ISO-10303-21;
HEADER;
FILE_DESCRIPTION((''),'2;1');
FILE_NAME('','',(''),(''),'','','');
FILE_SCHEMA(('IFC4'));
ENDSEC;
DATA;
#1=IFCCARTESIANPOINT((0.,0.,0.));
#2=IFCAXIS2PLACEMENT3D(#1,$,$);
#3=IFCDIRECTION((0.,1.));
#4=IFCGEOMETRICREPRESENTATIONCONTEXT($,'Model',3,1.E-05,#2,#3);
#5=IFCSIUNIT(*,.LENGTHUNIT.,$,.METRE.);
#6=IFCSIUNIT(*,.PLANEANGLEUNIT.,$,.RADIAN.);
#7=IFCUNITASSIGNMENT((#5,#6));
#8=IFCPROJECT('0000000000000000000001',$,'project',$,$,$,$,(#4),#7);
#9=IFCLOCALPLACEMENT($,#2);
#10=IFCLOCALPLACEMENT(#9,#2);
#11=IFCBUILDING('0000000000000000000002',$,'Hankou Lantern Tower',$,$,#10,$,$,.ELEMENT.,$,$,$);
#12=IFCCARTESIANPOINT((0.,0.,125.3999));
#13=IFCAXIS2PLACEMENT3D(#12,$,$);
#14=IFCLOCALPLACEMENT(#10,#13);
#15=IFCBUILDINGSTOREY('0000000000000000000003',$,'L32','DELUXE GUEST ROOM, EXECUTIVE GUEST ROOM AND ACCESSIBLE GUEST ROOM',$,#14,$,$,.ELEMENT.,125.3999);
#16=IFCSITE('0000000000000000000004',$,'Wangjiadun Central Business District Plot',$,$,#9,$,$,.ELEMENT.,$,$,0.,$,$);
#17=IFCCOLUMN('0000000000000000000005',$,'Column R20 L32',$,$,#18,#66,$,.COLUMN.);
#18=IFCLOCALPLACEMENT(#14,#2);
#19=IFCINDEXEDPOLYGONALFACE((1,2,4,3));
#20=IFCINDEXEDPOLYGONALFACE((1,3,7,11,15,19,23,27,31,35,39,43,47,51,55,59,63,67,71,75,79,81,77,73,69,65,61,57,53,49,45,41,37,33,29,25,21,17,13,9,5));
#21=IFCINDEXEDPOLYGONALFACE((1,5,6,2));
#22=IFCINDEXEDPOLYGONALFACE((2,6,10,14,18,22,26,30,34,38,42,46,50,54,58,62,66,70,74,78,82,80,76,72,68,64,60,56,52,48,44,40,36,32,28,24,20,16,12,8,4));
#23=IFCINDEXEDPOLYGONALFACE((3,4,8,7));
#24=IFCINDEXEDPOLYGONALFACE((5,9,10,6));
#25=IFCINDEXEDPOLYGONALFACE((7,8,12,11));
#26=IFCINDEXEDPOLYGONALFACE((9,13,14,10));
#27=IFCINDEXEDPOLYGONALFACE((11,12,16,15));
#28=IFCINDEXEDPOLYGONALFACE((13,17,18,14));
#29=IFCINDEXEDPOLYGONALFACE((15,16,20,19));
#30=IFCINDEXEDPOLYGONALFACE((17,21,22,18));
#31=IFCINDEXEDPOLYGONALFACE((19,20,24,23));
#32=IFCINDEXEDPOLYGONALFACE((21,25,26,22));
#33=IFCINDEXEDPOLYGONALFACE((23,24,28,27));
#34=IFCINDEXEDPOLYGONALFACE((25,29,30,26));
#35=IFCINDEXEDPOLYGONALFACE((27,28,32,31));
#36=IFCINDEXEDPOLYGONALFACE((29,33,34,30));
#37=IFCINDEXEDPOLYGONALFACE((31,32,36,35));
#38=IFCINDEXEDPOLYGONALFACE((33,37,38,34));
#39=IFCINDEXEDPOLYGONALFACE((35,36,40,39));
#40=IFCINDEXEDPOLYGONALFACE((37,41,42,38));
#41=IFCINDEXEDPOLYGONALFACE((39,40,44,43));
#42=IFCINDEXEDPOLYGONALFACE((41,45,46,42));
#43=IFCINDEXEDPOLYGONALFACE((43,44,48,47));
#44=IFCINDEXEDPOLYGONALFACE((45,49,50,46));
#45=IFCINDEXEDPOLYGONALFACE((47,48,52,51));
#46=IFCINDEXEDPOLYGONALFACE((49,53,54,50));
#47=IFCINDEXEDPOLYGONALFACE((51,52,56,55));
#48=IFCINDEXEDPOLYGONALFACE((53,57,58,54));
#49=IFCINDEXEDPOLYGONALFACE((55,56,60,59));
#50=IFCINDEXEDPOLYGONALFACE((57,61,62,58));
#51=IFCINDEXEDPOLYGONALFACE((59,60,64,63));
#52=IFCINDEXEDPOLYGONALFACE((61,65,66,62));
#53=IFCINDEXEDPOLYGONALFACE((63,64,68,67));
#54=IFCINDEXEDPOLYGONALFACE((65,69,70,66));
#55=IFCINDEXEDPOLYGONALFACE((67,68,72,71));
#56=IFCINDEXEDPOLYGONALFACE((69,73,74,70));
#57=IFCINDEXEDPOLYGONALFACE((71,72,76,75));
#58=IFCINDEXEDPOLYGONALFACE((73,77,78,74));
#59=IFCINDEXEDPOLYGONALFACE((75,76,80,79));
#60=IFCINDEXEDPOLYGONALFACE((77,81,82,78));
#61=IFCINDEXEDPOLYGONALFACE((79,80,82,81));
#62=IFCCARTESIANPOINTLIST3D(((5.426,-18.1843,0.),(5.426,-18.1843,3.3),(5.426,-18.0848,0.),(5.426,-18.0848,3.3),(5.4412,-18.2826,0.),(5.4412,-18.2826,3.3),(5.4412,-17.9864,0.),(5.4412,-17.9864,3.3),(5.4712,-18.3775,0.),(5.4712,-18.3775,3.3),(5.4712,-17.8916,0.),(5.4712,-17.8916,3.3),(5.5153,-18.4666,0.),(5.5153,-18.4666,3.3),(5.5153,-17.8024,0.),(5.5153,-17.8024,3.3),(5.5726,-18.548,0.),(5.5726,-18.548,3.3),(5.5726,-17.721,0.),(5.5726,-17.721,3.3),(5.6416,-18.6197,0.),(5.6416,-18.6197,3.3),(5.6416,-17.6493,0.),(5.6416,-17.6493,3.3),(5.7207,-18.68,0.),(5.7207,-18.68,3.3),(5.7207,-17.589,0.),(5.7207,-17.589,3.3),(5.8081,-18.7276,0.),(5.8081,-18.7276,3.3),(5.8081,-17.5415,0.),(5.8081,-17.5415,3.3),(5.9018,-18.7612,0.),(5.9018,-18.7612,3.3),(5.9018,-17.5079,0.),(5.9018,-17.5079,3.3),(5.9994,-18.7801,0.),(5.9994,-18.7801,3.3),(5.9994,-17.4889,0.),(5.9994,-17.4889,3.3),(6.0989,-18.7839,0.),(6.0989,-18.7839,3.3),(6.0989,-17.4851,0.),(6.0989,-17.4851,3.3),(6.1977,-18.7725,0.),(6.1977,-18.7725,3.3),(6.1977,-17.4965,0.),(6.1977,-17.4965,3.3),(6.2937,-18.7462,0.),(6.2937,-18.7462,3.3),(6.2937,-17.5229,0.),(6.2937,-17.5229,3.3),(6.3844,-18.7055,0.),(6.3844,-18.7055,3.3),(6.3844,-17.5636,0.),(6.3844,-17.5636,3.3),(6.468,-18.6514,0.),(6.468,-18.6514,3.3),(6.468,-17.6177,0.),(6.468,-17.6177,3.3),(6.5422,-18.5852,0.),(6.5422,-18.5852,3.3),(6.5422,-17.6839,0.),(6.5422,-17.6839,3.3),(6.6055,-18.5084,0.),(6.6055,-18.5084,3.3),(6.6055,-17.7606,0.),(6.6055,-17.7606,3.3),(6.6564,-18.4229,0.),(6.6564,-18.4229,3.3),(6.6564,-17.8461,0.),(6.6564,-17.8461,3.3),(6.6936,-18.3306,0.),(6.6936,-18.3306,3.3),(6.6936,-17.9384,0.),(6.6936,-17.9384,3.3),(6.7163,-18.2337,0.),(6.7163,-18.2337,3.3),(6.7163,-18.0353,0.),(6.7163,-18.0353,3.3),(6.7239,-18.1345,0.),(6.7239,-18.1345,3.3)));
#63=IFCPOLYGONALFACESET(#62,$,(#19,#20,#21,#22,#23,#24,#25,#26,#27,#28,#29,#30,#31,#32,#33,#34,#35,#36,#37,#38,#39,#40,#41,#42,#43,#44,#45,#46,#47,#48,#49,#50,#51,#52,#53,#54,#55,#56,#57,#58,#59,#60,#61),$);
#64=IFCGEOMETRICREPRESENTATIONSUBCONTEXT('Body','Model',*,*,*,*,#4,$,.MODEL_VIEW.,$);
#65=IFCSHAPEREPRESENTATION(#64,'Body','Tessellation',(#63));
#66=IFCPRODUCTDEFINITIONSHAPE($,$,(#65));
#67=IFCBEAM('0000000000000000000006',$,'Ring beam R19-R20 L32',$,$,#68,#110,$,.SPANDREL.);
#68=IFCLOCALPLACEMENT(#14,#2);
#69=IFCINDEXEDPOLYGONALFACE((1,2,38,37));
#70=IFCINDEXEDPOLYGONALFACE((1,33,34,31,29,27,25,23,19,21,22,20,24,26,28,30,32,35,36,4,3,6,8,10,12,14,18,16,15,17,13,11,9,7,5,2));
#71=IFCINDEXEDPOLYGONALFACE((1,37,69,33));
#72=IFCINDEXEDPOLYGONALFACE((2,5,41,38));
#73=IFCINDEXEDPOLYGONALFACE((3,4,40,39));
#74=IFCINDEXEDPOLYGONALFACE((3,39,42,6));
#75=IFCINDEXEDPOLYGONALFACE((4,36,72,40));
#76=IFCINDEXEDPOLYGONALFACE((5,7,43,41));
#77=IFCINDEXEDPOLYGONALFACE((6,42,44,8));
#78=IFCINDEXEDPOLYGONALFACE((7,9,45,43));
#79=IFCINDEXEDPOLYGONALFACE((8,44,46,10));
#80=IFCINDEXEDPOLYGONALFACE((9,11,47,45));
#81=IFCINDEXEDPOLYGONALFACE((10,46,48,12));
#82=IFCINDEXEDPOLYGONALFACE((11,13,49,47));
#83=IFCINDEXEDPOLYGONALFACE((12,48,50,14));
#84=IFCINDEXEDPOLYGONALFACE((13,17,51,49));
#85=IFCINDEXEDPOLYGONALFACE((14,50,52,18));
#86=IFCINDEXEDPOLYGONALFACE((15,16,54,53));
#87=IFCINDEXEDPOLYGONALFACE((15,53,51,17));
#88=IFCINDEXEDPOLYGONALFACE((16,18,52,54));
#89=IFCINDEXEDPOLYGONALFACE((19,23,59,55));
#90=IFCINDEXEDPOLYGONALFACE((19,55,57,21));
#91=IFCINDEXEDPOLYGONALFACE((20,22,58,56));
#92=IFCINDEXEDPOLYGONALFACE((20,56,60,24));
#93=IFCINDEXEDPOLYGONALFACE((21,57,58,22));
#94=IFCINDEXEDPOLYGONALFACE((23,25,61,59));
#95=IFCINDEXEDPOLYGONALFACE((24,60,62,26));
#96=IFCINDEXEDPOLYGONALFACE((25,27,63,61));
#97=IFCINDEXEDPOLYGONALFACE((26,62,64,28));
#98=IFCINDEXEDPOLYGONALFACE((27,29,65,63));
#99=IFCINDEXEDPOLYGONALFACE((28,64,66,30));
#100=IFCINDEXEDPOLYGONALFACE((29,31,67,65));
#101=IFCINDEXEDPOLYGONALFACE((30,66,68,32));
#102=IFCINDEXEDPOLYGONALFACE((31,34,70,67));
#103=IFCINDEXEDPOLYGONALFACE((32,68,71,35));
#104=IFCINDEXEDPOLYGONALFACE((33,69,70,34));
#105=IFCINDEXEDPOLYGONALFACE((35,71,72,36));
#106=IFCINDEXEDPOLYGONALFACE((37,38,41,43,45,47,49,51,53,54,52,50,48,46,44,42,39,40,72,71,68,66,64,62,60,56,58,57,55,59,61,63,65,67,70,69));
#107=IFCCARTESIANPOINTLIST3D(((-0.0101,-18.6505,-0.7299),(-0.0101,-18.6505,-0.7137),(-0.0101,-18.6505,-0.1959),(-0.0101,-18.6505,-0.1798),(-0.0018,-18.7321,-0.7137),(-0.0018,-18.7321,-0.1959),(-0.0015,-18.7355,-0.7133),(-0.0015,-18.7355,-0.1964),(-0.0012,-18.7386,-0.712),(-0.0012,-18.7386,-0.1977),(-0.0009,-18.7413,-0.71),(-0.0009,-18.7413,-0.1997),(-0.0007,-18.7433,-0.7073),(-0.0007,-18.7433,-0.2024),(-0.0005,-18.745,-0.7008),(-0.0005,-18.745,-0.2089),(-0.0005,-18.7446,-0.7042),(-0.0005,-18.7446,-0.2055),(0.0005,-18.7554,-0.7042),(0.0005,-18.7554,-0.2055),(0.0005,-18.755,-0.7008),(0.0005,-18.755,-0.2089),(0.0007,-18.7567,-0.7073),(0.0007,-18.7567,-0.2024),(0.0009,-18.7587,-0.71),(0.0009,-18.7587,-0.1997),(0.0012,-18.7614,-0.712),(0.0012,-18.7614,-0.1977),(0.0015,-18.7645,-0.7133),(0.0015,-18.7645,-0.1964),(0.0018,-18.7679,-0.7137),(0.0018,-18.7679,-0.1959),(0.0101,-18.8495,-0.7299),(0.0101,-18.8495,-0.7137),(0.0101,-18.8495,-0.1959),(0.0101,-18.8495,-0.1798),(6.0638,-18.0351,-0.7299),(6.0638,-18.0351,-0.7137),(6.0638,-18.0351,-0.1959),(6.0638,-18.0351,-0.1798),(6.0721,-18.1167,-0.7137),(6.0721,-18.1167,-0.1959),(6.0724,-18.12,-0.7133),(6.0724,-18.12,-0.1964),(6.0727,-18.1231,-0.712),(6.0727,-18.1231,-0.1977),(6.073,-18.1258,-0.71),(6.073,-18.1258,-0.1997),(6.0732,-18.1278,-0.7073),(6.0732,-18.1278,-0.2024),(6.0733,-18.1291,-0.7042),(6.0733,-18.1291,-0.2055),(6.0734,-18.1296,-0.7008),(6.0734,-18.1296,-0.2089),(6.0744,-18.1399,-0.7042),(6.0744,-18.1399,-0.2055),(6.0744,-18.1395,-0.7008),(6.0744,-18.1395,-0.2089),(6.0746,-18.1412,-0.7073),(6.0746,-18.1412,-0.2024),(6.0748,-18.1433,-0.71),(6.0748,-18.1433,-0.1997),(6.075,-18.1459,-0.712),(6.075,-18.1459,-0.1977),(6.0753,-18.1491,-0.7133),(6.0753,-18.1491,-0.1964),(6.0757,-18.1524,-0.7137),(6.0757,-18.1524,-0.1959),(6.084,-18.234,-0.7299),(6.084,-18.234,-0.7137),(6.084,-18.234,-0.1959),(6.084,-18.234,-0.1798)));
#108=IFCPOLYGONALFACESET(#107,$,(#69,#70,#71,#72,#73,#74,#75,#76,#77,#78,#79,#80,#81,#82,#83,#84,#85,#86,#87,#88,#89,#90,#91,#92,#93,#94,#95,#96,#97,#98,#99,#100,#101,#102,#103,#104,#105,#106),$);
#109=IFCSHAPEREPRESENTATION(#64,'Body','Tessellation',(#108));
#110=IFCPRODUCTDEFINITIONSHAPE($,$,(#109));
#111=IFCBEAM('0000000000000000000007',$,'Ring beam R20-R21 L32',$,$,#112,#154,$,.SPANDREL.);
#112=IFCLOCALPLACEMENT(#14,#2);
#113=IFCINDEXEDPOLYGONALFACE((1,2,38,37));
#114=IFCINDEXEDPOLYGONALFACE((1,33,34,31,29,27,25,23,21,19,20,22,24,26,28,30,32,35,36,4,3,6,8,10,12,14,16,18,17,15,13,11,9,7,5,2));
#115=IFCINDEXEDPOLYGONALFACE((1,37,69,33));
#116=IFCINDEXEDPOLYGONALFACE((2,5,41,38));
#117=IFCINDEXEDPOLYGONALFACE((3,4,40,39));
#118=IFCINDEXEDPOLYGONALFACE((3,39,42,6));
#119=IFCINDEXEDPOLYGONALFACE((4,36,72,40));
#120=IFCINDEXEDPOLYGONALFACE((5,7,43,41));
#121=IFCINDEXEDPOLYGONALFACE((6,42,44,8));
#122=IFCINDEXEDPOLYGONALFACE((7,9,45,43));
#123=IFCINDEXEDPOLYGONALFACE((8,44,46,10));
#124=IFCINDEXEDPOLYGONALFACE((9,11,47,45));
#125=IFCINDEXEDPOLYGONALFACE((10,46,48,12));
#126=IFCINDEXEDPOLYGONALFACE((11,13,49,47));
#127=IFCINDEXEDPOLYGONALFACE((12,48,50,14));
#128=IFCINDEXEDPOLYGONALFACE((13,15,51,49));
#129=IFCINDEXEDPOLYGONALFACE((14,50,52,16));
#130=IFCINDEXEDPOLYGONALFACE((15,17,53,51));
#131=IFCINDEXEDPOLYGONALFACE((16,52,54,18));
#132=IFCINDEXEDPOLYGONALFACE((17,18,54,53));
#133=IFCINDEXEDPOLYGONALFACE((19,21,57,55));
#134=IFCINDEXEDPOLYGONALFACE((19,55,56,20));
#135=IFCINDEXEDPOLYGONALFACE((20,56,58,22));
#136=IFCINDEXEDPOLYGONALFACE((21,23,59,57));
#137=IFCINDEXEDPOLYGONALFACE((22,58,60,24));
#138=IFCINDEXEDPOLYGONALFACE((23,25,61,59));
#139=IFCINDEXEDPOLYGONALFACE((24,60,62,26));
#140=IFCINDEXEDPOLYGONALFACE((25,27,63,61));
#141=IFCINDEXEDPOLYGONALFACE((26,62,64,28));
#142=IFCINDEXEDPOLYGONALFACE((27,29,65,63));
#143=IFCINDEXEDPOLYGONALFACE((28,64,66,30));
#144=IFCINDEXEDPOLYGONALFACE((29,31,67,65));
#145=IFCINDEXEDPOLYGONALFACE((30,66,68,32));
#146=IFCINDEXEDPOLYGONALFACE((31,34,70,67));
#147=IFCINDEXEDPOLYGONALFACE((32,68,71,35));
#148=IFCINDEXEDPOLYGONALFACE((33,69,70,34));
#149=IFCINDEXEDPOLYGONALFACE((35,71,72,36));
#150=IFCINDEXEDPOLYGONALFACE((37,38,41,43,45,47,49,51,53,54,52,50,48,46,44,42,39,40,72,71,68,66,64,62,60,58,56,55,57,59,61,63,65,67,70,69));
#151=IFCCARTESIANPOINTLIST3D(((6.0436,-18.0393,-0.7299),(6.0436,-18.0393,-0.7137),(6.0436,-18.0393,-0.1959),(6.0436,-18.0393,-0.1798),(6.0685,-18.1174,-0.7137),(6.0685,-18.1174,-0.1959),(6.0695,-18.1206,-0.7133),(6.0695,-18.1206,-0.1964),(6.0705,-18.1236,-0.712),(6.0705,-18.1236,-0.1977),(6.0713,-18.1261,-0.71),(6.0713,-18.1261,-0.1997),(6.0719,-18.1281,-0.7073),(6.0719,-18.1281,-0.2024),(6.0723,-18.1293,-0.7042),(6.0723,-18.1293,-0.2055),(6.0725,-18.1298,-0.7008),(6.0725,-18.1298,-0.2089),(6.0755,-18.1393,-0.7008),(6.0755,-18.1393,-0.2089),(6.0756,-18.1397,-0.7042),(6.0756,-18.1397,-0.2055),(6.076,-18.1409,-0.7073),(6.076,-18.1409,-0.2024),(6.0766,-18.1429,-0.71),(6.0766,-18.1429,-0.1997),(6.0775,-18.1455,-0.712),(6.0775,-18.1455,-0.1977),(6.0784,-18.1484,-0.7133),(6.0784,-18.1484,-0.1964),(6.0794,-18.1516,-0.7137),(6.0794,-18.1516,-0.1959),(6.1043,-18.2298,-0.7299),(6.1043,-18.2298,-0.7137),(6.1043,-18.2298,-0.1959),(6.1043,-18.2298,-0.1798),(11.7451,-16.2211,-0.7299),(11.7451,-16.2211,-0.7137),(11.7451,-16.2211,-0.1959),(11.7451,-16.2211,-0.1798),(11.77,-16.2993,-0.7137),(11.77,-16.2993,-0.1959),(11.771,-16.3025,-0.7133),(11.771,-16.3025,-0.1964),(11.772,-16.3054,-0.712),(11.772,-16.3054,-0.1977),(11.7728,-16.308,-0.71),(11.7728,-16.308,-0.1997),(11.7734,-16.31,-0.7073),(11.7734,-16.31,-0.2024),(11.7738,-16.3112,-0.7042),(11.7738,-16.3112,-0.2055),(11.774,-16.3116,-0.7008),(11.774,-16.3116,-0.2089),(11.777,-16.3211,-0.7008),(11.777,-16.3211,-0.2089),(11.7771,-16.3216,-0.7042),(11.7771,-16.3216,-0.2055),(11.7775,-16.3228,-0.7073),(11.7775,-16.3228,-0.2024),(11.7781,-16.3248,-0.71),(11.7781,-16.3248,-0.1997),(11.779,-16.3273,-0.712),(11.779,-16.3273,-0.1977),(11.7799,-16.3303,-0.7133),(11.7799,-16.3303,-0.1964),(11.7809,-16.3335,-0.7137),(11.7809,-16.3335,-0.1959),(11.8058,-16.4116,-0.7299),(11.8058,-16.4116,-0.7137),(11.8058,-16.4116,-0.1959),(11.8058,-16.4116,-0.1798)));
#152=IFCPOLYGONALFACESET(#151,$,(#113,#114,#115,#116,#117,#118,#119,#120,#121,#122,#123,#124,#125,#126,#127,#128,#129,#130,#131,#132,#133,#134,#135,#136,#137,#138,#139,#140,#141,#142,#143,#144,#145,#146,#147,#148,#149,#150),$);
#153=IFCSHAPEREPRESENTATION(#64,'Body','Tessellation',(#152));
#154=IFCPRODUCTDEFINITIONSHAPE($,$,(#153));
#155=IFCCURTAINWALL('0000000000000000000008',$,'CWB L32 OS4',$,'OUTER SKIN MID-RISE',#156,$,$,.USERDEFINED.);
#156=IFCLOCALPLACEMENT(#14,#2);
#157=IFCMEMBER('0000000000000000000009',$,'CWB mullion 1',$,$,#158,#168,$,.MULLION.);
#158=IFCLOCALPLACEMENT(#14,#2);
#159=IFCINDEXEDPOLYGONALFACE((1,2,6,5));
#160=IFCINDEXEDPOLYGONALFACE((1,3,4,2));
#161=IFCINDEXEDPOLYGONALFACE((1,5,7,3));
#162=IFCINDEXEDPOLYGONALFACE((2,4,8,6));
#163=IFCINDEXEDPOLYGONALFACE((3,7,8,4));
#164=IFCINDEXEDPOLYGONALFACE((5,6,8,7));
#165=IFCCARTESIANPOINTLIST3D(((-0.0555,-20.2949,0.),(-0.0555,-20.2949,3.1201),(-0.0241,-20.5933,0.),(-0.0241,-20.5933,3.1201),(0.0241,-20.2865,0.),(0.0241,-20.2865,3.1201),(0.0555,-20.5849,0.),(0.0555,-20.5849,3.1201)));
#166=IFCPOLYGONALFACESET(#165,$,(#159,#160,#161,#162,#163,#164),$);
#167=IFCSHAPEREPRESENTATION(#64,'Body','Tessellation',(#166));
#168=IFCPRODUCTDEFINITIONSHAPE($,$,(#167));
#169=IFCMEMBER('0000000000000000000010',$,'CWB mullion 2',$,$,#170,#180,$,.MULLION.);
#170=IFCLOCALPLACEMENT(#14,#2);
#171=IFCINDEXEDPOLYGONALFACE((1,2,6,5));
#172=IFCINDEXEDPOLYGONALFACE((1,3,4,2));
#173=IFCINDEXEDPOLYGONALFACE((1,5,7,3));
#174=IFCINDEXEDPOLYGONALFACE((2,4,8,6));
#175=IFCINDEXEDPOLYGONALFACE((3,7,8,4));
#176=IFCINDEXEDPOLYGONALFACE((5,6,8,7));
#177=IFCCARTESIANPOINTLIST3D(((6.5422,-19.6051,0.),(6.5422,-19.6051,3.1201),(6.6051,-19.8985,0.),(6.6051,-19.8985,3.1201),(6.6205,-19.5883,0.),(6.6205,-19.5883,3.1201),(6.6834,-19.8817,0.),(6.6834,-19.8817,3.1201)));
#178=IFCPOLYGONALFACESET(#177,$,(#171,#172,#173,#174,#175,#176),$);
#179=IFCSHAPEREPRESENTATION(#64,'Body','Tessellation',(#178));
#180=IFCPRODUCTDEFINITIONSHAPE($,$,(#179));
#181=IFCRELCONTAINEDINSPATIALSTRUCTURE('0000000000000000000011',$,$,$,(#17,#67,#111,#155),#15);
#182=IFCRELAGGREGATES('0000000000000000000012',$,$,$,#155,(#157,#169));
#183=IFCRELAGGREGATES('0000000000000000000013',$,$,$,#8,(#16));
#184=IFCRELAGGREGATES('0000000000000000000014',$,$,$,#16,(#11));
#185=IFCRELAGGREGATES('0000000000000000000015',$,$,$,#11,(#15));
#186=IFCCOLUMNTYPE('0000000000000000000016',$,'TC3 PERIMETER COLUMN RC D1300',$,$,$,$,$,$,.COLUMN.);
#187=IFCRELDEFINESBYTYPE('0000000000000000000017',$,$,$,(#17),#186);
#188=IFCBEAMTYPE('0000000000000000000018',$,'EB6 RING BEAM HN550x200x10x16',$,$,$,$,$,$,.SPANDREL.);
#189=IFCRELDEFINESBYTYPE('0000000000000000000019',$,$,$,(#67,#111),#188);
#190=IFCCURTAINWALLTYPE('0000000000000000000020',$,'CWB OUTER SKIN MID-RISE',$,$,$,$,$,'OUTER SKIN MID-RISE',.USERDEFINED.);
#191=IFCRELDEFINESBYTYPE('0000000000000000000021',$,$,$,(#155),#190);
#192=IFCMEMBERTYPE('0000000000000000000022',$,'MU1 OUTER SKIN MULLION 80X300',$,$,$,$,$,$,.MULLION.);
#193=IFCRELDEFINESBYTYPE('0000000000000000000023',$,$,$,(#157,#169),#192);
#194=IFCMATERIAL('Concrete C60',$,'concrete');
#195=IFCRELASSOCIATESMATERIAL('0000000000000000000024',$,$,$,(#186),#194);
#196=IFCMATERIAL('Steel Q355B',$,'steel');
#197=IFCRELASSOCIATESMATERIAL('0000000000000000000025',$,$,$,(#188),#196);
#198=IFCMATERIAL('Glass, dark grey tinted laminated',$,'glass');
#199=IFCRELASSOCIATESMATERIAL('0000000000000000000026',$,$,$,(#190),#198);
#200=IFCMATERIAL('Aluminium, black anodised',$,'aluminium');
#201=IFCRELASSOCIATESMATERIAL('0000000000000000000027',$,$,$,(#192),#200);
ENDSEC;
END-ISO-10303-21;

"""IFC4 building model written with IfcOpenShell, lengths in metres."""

from ifc_helpers import new_model, si_unit, direction, frame, origin, origin_2d, place, context, subcontext, project, spatial, rectangle, circle, i_section, extrude, material, material_profile, profile_set, type_object, element, aggregate, save


model = new_model("IFC4")

# Units and contexts
model_context = context("Model", 3, precision=1e-05, world=origin(), true_north=direction((0.0, 1.0)))
body_context = subcontext(model_context, "Body", "Model", "MODEL_VIEW")
ifc_project = project(units=[si_unit("LENGTHUNIT", "METRE"), si_unit("PLANEANGLEUNIT", "RADIAN")], contexts=[model_context])

# Site, building, storey
site_placement = place(None, origin())
site = spatial("IfcSite", under=ifc_project, at=site_placement, Name="Wangjiadun Central Business District Plot", CompositionType="ELEMENT", RefElevation=0.0)
building_placement = place(site_placement, origin())
building = spatial("IfcBuilding", under=site, at=building_placement, Name="Hankou Lantern Tower", CompositionType="ELEMENT")
storey_placement = place(building_placement, frame((0.0, 0.0, 125.3999)))
storey = spatial("IfcBuildingStorey", under=building, at=storey_placement, Name="L32", Description="DELUXE GUEST ROOM, EXECUTIVE GUEST ROOM AND ACCESSIBLE GUEST ROOM", CompositionType="ELEMENT", Elevation=125.3999)

# Column
ifc_material_1 = material(Name="Concrete C60", Category="concrete")
ifc_material_profile_1 = material_profile(ifc_material_1, circle(Radius=0.6499, at=origin_2d()), Name="RC D1300")
ifc_profile_set_1 = profile_set([ifc_material_profile_1], Name="Concrete C60")
column_type = type_object("IfcColumnType", Name="TC3 PERIMETER COLUMN RC D1300", PredefinedType="COLUMN", material=ifc_profile_set_1)
column_placement = place(storey_placement, frame((6.074, -18.1345, 0.0), z_axis=(0.0, 0.0, 1.0), x_axis=(1.0, 0.0, 0.0)))
element("IfcColumn", 1, at=column_placement, inside=storey, type_object=column_type, Name="Column R20 L32", PredefinedType="COLUMN", context=body_context, shape_type="SweptSolid", body=[
    extrude(circle(Radius=0.6499, at=origin_2d()), origin(), (0.0, 0.0, 1.0), 3.3),
])

# Beams
ifc_material_2 = material(Name="Steel Q355B", Category="steel")
ifc_material_profile_2 = material_profile(ifc_material_2, i_section(OverallWidth=0.2, OverallDepth=0.55, WebThickness=0.01, FlangeThickness=0.0161, FilletRadius=0.0129, at=origin_2d()), Name="HN550x200x10x16")
ifc_profile_set_2 = profile_set([ifc_material_profile_2], Name="Steel Q355B")
beam_type_1 = type_object("IfcBeamType", Name="EB6 RING BEAM HN550x200x10x16", PredefinedType="SPANDREL", material=ifc_profile_set_2)
beam_1_placement = place(storey_placement, frame((0.0, -18.75, -0.4548), z_axis=(0.994905, 0.100814, 0.0), x_axis=(-0.100814, 0.994905, 0.0)))
element("IfcBeam", 2, at=beam_1_placement, inside=storey, type_object=beam_type_1, Name="Ring beam R19-R20 L32", PredefinedType="SPANDREL", context=body_context, shape_type="SweptSolid", body=[
    extrude(i_section(OverallWidth=0.2, OverallDepth=0.55, WebThickness=0.01, FlangeThickness=0.0161, FilletRadius=0.0129, at=origin_2d()), origin(), (0.0, 0.0, 1.0), 6.105),
])
beam_2_placement = place(storey_placement, frame((6.074, -18.1345, -0.4548), z_axis=(0.952731, 0.303815, 0.0), x_axis=(-0.303815, 0.952731, 0.0)))
element("IfcBeam", 3, at=beam_2_placement, inside=storey, type_object=beam_type_1, Name="Ring beam R20-R21 L32", PredefinedType="SPANDREL", context=body_context, shape_type="SweptSolid", body=[
    extrude(i_section(OverallWidth=0.2, OverallDepth=0.55, WebThickness=0.01, FlangeThickness=0.0161, FilletRadius=0.0129, at=origin_2d()), origin(), (0.0, 0.0, 1.0), 5.9844),
])

# Curtain wall, members
ifc_material_3 = material(Name="Glass, dark grey tinted laminated", Category="glass")
curtain_wall_type = type_object("IfcCurtainWallType", Name="CWB OUTER SKIN MID-RISE", ElementType="OUTER SKIN MID-RISE", PredefinedType="USERDEFINED", material=ifc_material_3)
curtain_wall_placement = place(storey_placement, origin())
curtain_wall = element("IfcCurtainWall", 4, at=curtain_wall_placement, inside=storey, type_object=curtain_wall_type, Name="CWB L32 OS4", ObjectType="OUTER SKIN MID-RISE", PredefinedType="USERDEFINED")
ifc_material_4 = material(Name="Aluminium, black anodised", Category="aluminium")
ifc_material_profile_3 = material_profile(ifc_material_4, rectangle(XDim=0.0801, YDim=0.3, at=origin_2d()), Name="MU1 80X300")
ifc_profile_set_3 = profile_set([ifc_material_profile_3], Name="Aluminium, black anodised")
member_type_1 = type_object("IfcMemberType", Name="MU1 OUTER SKIN MULLION 80X300", PredefinedType="MULLION", material=ifc_profile_set_3)
member_1_placement = place(storey_placement, frame((0.0, -20.4399, 0.0), z_axis=(0.0, 0.0, 1.0), x_axis=(0.994499, 0.104743, 0.0)))
member_1 = element("IfcMember", 5, at=member_1_placement, type_object=member_type_1, Name="CWB mullion 1", PredefinedType="MULLION", context=body_context, shape_type="SweptSolid", body=[
    extrude(rectangle(XDim=0.0801, YDim=0.3, at=origin_2d()), origin(), (0.0, 0.0, 1.0), 3.1201),
])
member_2_placement = place(storey_placement, frame((6.6128, -19.7434, 0.0), z_axis=(0.0, 0.0, 1.0), x_axis=(0.977788, 0.209598, 0.0)))
member_2 = element("IfcMember", 6, at=member_2_placement, type_object=member_type_1, Name="CWB mullion 2", PredefinedType="MULLION", context=body_context, shape_type="SweptSolid", body=[
    extrude(rectangle(XDim=0.0801, YDim=0.3, at=origin_2d()), origin(), (0.0, 0.0, 1.0), 3.1201),
])

aggregate(curtain_wall, [member_1, member_2])

save(model, "model.ifc")
